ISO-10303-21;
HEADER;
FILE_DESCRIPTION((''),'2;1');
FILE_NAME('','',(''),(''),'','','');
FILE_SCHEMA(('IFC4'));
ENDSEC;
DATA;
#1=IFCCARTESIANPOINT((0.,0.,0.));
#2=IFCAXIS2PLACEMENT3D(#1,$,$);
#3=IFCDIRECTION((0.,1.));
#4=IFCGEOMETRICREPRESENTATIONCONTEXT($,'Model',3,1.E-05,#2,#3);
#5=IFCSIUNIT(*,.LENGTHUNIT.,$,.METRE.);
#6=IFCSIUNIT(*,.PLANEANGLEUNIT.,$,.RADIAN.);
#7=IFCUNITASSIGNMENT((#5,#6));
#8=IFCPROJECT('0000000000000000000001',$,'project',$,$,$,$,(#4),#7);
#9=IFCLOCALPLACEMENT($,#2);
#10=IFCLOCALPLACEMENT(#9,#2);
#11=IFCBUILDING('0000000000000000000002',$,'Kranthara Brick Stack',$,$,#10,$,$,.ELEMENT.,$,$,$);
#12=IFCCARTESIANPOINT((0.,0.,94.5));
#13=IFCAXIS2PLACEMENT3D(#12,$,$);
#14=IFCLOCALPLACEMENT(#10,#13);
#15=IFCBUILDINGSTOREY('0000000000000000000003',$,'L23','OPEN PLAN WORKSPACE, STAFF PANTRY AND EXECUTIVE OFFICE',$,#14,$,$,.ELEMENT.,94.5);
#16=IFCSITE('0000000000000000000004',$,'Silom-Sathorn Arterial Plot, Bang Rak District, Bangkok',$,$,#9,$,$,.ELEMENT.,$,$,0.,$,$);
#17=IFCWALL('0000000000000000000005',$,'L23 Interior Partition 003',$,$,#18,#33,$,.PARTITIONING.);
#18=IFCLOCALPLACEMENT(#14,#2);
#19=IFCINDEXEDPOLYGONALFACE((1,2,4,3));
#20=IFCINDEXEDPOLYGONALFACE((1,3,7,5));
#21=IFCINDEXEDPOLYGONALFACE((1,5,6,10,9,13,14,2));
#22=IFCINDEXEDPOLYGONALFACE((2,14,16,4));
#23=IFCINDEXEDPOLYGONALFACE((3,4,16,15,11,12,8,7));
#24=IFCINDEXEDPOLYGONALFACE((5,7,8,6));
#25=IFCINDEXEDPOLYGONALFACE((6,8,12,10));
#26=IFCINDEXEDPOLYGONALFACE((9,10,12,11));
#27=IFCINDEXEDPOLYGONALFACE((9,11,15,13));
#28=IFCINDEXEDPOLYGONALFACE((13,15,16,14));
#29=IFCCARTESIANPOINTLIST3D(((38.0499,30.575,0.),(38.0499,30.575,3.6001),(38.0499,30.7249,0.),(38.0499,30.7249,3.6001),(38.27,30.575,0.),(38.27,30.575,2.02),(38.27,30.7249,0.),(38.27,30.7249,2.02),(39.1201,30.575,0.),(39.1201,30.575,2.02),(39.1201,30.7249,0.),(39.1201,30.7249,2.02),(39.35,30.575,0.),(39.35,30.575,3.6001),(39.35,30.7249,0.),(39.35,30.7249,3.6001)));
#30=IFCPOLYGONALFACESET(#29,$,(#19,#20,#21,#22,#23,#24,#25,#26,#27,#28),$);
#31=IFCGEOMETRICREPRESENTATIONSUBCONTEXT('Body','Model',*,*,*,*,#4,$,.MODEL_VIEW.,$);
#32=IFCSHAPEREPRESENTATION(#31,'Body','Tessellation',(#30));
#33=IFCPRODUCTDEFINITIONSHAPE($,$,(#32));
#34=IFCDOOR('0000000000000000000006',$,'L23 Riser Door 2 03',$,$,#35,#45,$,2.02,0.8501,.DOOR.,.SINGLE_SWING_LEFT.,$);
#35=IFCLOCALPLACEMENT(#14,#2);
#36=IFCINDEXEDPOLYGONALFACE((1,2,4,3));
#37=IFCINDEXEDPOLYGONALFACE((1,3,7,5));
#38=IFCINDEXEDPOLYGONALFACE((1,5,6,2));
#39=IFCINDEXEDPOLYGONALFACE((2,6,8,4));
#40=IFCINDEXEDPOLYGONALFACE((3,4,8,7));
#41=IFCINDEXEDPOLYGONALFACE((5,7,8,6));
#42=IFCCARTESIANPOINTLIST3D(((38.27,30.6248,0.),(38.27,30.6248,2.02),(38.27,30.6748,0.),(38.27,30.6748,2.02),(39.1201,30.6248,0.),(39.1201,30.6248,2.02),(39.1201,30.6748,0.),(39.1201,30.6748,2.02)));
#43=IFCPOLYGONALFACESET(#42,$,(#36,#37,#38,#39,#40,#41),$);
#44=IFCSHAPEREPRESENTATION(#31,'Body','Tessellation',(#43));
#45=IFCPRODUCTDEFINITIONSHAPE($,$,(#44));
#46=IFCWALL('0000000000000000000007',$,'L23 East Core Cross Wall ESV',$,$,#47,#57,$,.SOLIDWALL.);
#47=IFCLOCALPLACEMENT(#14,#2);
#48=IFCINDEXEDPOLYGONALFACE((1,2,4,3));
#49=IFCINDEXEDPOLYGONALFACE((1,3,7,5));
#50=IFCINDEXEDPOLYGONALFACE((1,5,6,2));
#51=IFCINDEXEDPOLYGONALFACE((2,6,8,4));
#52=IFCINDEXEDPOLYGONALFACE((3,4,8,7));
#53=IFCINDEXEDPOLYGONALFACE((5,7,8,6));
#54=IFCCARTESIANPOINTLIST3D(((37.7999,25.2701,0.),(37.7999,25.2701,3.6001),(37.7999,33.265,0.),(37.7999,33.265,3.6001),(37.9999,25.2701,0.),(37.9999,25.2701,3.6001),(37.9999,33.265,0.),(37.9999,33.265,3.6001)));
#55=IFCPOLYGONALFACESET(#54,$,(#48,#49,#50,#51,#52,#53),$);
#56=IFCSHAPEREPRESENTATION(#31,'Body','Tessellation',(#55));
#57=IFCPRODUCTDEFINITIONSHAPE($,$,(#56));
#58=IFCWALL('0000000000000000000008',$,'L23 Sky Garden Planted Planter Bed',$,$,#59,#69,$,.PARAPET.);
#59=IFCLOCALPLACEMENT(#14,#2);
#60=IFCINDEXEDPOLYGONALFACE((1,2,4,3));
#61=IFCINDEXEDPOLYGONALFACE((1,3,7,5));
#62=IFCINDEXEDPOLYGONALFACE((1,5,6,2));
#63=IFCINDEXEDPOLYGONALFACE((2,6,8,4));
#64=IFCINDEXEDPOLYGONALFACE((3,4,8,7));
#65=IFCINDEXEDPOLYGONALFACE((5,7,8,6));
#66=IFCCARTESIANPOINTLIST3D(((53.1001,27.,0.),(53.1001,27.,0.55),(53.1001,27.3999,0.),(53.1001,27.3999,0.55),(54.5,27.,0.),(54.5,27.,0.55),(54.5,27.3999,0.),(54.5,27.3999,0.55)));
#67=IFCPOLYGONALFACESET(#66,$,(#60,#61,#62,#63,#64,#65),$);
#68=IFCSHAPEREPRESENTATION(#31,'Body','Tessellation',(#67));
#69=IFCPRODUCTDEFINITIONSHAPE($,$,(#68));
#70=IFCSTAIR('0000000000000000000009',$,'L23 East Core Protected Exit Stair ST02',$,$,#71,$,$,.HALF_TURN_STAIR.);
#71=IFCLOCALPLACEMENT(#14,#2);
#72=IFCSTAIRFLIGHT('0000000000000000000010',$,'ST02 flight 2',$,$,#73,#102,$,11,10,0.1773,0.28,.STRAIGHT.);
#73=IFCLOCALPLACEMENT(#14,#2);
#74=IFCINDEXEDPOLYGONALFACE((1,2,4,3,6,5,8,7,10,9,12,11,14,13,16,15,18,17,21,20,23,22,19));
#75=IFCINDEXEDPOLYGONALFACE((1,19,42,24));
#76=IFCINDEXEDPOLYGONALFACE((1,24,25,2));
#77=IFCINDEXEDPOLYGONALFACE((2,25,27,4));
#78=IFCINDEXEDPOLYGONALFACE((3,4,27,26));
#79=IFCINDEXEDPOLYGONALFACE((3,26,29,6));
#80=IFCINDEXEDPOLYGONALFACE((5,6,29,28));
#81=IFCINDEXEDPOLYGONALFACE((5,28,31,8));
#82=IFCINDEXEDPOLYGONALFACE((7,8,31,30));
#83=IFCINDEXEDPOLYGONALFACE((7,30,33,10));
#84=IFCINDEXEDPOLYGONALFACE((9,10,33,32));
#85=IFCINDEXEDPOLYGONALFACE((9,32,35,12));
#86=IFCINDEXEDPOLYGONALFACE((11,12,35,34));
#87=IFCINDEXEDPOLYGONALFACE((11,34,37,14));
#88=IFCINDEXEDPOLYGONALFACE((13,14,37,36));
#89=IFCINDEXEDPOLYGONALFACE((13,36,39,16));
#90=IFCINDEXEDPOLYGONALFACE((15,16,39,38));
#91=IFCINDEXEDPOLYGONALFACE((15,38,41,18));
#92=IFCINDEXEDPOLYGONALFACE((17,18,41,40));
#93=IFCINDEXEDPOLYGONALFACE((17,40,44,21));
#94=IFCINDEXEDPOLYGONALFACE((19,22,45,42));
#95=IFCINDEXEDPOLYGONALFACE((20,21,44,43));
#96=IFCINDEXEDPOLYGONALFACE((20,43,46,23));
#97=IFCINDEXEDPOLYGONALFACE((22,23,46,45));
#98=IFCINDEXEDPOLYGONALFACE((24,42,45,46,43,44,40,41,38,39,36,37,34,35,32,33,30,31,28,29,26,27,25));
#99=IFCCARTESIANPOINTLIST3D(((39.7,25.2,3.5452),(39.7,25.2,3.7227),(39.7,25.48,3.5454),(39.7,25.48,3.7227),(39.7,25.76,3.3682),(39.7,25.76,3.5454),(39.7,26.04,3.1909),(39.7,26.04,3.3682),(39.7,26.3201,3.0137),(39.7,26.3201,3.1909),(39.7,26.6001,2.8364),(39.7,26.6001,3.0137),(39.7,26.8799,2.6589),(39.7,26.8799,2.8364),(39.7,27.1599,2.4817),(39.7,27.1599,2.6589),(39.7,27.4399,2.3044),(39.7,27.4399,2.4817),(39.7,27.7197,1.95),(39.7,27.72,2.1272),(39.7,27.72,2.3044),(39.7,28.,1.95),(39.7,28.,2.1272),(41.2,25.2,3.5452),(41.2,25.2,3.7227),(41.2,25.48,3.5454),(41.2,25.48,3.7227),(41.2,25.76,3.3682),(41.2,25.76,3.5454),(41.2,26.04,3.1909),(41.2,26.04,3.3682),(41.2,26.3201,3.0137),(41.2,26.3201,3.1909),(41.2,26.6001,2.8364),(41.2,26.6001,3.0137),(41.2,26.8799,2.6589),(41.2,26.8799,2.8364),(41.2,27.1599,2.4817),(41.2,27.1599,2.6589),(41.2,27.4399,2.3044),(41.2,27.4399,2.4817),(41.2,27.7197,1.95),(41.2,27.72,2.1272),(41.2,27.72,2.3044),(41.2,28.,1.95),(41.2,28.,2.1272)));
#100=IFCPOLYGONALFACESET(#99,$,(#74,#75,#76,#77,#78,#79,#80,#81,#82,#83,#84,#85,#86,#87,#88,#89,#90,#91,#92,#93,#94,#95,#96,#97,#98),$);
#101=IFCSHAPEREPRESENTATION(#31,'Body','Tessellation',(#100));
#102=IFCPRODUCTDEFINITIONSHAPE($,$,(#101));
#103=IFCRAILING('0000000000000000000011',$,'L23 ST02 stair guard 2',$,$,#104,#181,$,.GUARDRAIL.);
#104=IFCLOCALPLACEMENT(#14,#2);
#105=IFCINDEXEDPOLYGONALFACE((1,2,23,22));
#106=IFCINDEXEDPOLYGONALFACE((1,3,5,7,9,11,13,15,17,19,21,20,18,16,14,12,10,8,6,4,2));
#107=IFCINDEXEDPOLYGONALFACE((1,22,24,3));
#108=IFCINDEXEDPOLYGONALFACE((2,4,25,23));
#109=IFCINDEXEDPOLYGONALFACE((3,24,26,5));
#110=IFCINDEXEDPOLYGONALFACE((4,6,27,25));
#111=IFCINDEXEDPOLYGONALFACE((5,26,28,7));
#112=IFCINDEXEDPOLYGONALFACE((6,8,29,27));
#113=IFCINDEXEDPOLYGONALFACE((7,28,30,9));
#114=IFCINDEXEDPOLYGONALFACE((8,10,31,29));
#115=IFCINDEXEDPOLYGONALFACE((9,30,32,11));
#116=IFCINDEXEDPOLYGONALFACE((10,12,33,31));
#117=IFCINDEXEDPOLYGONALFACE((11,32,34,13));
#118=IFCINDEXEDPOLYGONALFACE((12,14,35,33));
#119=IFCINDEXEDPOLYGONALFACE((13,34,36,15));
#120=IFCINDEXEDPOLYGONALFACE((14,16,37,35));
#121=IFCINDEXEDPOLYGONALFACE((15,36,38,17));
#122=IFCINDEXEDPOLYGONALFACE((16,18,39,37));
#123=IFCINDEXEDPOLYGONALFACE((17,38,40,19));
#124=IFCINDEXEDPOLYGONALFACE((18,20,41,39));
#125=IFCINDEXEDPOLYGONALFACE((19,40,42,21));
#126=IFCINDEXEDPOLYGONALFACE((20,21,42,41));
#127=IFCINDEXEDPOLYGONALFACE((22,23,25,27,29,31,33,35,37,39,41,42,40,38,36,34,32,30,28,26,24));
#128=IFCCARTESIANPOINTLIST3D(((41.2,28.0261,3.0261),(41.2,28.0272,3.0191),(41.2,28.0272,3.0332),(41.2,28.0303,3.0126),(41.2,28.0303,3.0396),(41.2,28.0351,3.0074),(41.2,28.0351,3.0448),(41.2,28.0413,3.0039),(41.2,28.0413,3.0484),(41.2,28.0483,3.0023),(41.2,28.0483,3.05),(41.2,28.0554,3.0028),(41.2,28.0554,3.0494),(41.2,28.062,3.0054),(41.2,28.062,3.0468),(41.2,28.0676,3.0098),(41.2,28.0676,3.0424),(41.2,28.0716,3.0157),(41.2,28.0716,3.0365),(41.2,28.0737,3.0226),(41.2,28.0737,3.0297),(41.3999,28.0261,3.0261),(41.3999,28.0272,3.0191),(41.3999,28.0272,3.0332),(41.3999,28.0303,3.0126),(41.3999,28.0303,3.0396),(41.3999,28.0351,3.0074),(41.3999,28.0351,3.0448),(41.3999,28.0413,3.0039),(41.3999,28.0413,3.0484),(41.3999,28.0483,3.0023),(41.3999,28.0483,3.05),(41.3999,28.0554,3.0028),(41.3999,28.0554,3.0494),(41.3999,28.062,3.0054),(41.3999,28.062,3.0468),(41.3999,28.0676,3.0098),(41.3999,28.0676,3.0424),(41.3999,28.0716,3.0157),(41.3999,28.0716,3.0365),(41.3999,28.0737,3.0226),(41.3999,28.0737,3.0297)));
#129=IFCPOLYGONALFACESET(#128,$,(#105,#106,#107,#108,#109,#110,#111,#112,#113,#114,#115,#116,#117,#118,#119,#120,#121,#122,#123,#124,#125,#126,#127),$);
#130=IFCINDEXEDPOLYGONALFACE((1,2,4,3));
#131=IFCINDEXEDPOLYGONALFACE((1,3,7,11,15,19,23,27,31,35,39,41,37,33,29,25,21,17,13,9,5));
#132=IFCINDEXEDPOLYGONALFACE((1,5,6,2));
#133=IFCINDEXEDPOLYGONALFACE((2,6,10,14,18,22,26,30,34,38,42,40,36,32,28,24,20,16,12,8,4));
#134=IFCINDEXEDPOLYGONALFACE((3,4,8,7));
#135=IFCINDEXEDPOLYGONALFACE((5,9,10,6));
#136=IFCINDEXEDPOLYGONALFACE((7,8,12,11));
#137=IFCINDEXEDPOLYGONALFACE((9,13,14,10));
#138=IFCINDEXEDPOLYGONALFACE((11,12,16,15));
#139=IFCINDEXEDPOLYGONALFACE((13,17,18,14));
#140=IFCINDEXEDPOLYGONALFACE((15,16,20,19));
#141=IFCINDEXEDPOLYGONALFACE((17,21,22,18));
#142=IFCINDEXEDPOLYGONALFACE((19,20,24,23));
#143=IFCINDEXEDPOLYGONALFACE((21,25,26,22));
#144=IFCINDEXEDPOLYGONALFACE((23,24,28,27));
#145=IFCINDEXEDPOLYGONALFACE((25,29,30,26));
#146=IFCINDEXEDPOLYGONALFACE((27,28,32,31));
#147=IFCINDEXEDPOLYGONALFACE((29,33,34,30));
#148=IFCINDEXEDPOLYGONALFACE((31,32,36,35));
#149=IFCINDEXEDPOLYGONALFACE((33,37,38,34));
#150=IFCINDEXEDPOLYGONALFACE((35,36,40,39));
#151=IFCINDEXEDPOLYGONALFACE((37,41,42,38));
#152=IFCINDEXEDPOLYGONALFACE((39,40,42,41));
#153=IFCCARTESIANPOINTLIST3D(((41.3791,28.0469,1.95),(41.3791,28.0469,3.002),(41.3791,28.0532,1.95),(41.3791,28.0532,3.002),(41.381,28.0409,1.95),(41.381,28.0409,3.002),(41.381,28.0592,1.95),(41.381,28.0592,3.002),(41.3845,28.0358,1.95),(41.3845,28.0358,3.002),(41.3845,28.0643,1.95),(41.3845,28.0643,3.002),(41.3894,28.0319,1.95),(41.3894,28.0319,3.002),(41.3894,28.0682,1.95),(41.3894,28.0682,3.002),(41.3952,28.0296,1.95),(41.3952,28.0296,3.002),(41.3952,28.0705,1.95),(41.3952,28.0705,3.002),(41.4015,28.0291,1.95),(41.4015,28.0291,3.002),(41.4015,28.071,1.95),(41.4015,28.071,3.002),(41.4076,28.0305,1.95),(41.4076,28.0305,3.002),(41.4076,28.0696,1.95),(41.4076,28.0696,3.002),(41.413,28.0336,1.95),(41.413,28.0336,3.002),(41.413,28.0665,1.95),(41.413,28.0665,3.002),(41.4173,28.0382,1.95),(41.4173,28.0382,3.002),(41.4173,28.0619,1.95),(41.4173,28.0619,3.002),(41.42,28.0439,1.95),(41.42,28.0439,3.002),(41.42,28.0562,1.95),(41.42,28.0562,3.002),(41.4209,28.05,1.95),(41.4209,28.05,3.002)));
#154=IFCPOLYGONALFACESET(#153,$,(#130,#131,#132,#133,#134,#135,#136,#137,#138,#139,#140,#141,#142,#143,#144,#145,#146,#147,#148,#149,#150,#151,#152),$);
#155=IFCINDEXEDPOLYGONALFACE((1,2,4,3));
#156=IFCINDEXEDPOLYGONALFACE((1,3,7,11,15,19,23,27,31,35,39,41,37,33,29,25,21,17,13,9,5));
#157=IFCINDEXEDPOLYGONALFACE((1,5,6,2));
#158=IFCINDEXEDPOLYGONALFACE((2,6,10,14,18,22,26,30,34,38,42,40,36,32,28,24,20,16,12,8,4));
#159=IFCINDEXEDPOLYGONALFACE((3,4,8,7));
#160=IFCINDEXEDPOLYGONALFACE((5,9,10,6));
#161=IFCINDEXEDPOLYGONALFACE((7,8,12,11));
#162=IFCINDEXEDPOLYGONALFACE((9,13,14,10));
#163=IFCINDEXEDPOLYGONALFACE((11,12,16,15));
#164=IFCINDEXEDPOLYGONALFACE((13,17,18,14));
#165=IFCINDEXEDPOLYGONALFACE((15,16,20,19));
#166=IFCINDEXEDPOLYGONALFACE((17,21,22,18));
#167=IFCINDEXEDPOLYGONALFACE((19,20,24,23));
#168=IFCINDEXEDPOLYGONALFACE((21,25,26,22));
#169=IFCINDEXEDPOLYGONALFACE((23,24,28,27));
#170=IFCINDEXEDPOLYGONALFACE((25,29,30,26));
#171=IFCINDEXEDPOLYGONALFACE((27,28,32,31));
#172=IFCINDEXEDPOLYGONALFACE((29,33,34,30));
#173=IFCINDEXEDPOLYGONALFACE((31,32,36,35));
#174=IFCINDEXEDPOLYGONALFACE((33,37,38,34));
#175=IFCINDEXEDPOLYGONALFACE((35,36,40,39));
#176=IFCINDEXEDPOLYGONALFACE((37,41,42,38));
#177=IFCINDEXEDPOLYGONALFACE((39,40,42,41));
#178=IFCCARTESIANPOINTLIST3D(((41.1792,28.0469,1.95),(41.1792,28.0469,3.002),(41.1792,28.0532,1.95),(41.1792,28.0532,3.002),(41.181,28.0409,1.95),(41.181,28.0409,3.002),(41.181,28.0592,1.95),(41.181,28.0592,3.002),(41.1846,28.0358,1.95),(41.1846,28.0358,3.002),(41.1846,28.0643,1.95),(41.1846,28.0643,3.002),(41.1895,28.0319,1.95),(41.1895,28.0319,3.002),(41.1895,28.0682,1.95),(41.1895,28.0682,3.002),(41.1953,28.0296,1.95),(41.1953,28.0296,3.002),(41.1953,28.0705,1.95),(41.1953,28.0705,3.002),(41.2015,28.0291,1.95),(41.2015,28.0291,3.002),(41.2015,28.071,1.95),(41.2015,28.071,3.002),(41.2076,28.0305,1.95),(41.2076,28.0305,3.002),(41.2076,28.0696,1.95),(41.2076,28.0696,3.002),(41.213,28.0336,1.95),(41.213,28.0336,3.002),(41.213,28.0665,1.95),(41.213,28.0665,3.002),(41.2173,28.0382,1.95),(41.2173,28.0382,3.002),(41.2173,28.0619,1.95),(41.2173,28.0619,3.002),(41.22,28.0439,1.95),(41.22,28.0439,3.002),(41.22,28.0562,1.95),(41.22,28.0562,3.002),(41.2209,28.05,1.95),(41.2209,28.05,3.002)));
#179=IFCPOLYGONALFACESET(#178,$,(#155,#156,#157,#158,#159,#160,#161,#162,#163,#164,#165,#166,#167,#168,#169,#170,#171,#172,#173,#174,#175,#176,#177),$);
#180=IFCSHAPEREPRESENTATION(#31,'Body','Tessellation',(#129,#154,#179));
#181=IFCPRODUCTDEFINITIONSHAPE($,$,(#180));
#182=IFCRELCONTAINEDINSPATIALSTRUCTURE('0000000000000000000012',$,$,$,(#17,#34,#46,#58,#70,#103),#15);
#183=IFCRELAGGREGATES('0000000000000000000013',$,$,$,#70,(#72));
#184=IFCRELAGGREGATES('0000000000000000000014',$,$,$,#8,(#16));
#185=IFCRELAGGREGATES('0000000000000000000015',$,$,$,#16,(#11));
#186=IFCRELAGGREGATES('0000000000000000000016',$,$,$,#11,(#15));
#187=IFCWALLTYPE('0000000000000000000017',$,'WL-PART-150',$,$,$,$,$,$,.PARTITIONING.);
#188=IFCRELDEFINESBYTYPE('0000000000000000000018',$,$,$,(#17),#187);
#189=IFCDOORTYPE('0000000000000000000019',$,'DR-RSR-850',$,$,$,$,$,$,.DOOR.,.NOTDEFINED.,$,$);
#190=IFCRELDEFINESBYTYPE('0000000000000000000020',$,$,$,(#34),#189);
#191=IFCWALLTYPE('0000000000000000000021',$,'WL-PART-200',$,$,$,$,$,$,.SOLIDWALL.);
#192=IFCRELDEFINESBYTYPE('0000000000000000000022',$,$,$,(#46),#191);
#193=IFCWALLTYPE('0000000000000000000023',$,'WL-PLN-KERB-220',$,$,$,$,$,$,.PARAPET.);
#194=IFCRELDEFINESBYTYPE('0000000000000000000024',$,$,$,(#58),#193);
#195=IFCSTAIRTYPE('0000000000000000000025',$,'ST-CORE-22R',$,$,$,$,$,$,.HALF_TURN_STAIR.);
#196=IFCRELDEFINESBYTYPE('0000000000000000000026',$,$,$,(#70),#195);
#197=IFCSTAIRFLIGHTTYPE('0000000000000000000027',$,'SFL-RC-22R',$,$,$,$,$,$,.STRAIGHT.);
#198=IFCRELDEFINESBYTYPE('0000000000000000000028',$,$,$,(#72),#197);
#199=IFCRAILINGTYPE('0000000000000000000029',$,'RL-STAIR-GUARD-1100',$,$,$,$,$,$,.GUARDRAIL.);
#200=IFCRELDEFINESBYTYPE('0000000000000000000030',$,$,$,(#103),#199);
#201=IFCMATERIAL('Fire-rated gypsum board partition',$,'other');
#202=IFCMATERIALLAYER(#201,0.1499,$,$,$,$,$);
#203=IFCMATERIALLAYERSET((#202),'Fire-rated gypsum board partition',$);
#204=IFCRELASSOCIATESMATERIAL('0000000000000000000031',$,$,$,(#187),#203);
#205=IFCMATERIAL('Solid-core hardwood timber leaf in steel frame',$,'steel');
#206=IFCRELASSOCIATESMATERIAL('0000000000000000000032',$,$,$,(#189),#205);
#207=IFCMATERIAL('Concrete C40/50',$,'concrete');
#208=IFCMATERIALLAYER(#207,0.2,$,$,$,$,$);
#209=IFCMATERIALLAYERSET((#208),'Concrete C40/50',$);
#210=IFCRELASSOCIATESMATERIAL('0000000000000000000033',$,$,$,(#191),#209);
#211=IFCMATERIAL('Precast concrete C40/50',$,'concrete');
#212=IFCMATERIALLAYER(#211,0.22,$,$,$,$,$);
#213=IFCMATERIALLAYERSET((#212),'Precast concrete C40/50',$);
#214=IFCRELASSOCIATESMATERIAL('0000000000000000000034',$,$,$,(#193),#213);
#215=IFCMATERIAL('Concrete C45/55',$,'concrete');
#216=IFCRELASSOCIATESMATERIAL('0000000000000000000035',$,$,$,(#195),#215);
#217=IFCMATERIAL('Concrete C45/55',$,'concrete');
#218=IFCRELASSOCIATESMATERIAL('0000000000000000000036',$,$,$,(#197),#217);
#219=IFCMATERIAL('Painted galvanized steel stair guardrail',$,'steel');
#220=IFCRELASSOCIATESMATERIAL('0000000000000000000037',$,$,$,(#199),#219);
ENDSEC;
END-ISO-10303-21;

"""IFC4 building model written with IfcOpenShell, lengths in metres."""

from ifc_helpers import new_model, si_unit, direction, frame, frame_2d, origin, origin_2d, place, context, subcontext, project, spatial, polyline, rectangle, circle, outline, extrude, material, layer, layer_set, type_object, element, fill, aggregate, save


model = new_model("IFC4")

# Units and contexts
model_context = context("Model", 3, precision=1e-05, world=origin(), true_north=direction((0.0, 1.0)))
body_context = subcontext(model_context, "Body", "Model", "MODEL_VIEW")
ifc_project = project(units=[si_unit("LENGTHUNIT", "METRE"), si_unit("PLANEANGLEUNIT", "RADIAN")], contexts=[model_context])

# Site, building, storey
site_placement = place(None, origin())
site = spatial("IfcSite", under=ifc_project, at=site_placement, Name="Silom-Sathorn Arterial Plot, Bang Rak District, Bangkok", CompositionType="ELEMENT", RefElevation=0.0)
building_placement = place(site_placement, origin())
building = spatial("IfcBuilding", under=site, at=building_placement, Name="Kranthara Brick Stack", CompositionType="ELEMENT")
storey_placement = place(building_placement, frame((0.0, 0.0, 94.5)))
storey = spatial("IfcBuildingStorey", under=building, at=storey_placement, Name="L23", Description="OPEN PLAN WORKSPACE, STAFF PANTRY AND EXECUTIVE OFFICE", CompositionType="ELEMENT", Elevation=94.5)

# Wall, opening, door
ifc_material_1 = material(Name="Fire-rated gypsum board partition", Category="other")
ifc_layer_1 = layer(ifc_material_1, 0.1499)
ifc_layer_set_1 = layer_set([ifc_layer_1], Name="Fire-rated gypsum board partition")
wall_type_1 = type_object("IfcWallType", Name="WL-PART-150", PredefinedType="PARTITIONING", material=ifc_layer_set_1)
ifc_material_2 = material(Name="Solid-core hardwood timber leaf in steel frame", Category="steel")
door_type = type_object("IfcDoorType", Name="DR-RSR-850", OperationType="NOTDEFINED", PredefinedType="DOOR", material=ifc_material_2)
wall_1_placement = place(storey_placement, frame((38.05, 30.6499, 0.0), z_axis=(0.0, 0.0, 1.0), x_axis=(1.0, 0.0, 0.0)))
wall_1 = element("IfcWall", 1, at=wall_1_placement, inside=storey, type_object=wall_type_1, Name="L23 Interior Partition 003", PredefinedType="PARTITIONING", context=body_context, shape_type="SweptSolid", body=[
    extrude(rectangle(XDim=1.3, YDim=0.1499, at=frame_2d((0.6499, 0.0))), origin(), (0.0, 0.0, 1.0), 3.6001),
])
opening_1_placement = place(wall_1_placement, frame((0.22, 0.0, 0.0)))
opening_1 = element("IfcOpeningElement", 2, at=opening_1_placement, cuts=wall_1, PredefinedType="OPENING", context=body_context, shape_type="SweptSolid", body=[
    extrude(rectangle(XDim=0.8501, YDim=2.02, at=frame_2d((0.425, 1.01))), frame((0.0, 0.085, 0.0), z_axis=(0.0, -1.0, 0.0), x_axis=(1.0, 0.0, 0.0)), (0.0, 0.0, 1.0), 0.1699),
])
door_1_placement = place(opening_1_placement, origin())
door_1 = element("IfcDoor", 3, at=door_1_placement, inside=storey, type_object=door_type, Name="L23 Riser Door 2 03", OperationType="SINGLE_SWING_LEFT", OverallHeight=2.02, OverallWidth=0.8501, PredefinedType="DOOR", context=body_context, shape_type="SweptSolid", body=[
    extrude(rectangle(XDim=0.8501, YDim=2.02, at=frame_2d((0.425, 1.01))), frame((0.0, 0.0249, 0.0), z_axis=(0.0, -1.0, 0.0), x_axis=(1.0, 0.0, 0.0)), (0.0, 0.0, 1.0), 0.05),
])
fill(opening_1, door_1)

# Walls
ifc_material_3 = material(Name="Concrete C40/50", Category="concrete")
ifc_layer_2 = layer(ifc_material_3, 0.2)
ifc_layer_set_2 = layer_set([ifc_layer_2], Name="Concrete C40/50")
wall_type_2 = type_object("IfcWallType", Name="WL-PART-200", PredefinedType="SOLIDWALL", material=ifc_layer_set_2)
wall_2_placement = place(storey_placement, frame((37.8999, 25.27, 0.0), z_axis=(0.0, 0.0, 1.0), x_axis=(0.0, 1.0, 0.0)))
element("IfcWall", 4, at=wall_2_placement, inside=storey, type_object=wall_type_2, Name="L23 East Core Cross Wall ESV", PredefinedType="SOLIDWALL", context=body_context, shape_type="SweptSolid", body=[
    extrude(rectangle(XDim=7.9949, YDim=0.2, at=frame_2d((3.9976, 0.0))), origin(), (0.0, 0.0, 1.0), 3.6001),
])
ifc_material_4 = material(Name="Precast concrete C40/50", Category="concrete")
ifc_layer_3 = layer(ifc_material_4, 0.22)
ifc_layer_set_3 = layer_set([ifc_layer_3], Name="Precast concrete C40/50")
wall_type_3 = type_object("IfcWallType", Name="WL-PLN-KERB-220", PredefinedType="PARAPET", material=ifc_layer_set_3)
wall_3_placement = place(storey_placement, frame((53.1001, 27.2, 0.0), z_axis=(0.0, 0.0, 1.0), x_axis=(1.0, 0.0, 0.0)))
element("IfcWall", 5, at=wall_3_placement, inside=storey, type_object=wall_type_3, Name="L23 Sky Garden Planted Planter Bed", PredefinedType="PARAPET", context=body_context, shape_type="SweptSolid", body=[
    extrude(rectangle(XDim=1.3999, YDim=0.3999, at=frame_2d((0.7, 0.0))), origin(), (0.0, 0.0, 1.0), 0.55),
])

# Stair, stair flight
ifc_material_5 = material(Name="Concrete C45/55", Category="concrete")
stair_type = type_object("IfcStairType", Name="ST-CORE-22R", PredefinedType="HALF_TURN_STAIR", material=ifc_material_5)
stair_placement = place(storey_placement, origin())
stair = element("IfcStair", 6, at=stair_placement, inside=storey, type_object=stair_type, Name="L23 East Core Protected Exit Stair ST02", PredefinedType="HALF_TURN_STAIR")
ifc_material_6 = material(Name="Concrete C45/55", Category="concrete")
stair_flight_type = type_object("IfcStairFlightType", Name="SFL-RC-22R", PredefinedType="STRAIGHT", material=ifc_material_6)
stair_flight_placement = place(storey_placement, frame((40.45, 28.0, 1.95), z_axis=(0.0, 0.0, 1.0), x_axis=(0.0, -1.0, 0.0)))
stair_flight = element("IfcStairFlight", 7, at=stair_flight_placement, type_object=stair_flight_type, Name="ST02 flight 2", NumberOfRisers=11, NumberOfTreads=10, PredefinedType="STRAIGHT", RiserHeight=0.1773, TreadLength=0.28, context=body_context, shape_type="SweptSolid", body=[
    extrude(outline(polyline([(0.0, 0.0), (0.0, 0.1772), (0.28, 0.1772), (0.28, 0.3545), (0.5601, 0.3545), (0.5601, 0.5317), (0.8401, 0.5317), (0.8401, 0.709), (1.1201, 0.709), (1.1201, 0.8865), (1.3999, 0.8865), (1.3999, 1.0637), (1.6799, 1.0637), (1.6799, 1.241), (1.96, 1.241), (1.96, 1.4182), (2.24, 1.4182), (2.24, 1.5955), (2.52, 1.5955), (2.52, 1.7727), (2.8, 1.7727), (2.8, 1.95), (2.8, 1.5952), (0.2803, 0.0), (0.0, 0.0)])), frame((0.0, 0.75, 0.0), z_axis=(0.0, -1.0, 0.0), x_axis=(1.0, 0.0, 0.0)), (0.0, 0.0, 1.0), 1.5),
])
aggregate(stair, [stair_flight])

# Railing
ifc_material_7 = material(Name="Painted galvanized steel stair guardrail", Category="steel")
railing_type_1 = type_object("IfcRailingType", Name="RL-STAIR-GUARD-1100", PredefinedType="GUARDRAIL", material=ifc_material_7)
railing_1_placement = place(storey_placement, frame((41.3999, 28.05, 1.95)))
element("IfcRailing", 8, at=railing_1_placement, inside=storey, type_object=railing_type_1, Name="L23 ST02 stair guard 2", PredefinedType="GUARDRAIL", context=body_context, shape_type="SweptSolid", body=[
    extrude(circle(Radius=0.0239, at=origin_2d()), frame((0.0, 0.0, 1.0762), z_axis=(-1.0, 0.0, 0.0), x_axis=(0.0, -1.0, 0.0)), (0.0, 0.0, 1.0), 0.2),
    extrude(circle(Radius=0.021, at=origin_2d()), origin(), (0.0, 0.0, 1.0), 1.052),
    extrude(circle(Radius=0.021, at=origin_2d()), frame((-0.2, 0.0, 0.0)), (0.0, 0.0, 1.0), 1.052),
])

save(model, "model.ifc")
